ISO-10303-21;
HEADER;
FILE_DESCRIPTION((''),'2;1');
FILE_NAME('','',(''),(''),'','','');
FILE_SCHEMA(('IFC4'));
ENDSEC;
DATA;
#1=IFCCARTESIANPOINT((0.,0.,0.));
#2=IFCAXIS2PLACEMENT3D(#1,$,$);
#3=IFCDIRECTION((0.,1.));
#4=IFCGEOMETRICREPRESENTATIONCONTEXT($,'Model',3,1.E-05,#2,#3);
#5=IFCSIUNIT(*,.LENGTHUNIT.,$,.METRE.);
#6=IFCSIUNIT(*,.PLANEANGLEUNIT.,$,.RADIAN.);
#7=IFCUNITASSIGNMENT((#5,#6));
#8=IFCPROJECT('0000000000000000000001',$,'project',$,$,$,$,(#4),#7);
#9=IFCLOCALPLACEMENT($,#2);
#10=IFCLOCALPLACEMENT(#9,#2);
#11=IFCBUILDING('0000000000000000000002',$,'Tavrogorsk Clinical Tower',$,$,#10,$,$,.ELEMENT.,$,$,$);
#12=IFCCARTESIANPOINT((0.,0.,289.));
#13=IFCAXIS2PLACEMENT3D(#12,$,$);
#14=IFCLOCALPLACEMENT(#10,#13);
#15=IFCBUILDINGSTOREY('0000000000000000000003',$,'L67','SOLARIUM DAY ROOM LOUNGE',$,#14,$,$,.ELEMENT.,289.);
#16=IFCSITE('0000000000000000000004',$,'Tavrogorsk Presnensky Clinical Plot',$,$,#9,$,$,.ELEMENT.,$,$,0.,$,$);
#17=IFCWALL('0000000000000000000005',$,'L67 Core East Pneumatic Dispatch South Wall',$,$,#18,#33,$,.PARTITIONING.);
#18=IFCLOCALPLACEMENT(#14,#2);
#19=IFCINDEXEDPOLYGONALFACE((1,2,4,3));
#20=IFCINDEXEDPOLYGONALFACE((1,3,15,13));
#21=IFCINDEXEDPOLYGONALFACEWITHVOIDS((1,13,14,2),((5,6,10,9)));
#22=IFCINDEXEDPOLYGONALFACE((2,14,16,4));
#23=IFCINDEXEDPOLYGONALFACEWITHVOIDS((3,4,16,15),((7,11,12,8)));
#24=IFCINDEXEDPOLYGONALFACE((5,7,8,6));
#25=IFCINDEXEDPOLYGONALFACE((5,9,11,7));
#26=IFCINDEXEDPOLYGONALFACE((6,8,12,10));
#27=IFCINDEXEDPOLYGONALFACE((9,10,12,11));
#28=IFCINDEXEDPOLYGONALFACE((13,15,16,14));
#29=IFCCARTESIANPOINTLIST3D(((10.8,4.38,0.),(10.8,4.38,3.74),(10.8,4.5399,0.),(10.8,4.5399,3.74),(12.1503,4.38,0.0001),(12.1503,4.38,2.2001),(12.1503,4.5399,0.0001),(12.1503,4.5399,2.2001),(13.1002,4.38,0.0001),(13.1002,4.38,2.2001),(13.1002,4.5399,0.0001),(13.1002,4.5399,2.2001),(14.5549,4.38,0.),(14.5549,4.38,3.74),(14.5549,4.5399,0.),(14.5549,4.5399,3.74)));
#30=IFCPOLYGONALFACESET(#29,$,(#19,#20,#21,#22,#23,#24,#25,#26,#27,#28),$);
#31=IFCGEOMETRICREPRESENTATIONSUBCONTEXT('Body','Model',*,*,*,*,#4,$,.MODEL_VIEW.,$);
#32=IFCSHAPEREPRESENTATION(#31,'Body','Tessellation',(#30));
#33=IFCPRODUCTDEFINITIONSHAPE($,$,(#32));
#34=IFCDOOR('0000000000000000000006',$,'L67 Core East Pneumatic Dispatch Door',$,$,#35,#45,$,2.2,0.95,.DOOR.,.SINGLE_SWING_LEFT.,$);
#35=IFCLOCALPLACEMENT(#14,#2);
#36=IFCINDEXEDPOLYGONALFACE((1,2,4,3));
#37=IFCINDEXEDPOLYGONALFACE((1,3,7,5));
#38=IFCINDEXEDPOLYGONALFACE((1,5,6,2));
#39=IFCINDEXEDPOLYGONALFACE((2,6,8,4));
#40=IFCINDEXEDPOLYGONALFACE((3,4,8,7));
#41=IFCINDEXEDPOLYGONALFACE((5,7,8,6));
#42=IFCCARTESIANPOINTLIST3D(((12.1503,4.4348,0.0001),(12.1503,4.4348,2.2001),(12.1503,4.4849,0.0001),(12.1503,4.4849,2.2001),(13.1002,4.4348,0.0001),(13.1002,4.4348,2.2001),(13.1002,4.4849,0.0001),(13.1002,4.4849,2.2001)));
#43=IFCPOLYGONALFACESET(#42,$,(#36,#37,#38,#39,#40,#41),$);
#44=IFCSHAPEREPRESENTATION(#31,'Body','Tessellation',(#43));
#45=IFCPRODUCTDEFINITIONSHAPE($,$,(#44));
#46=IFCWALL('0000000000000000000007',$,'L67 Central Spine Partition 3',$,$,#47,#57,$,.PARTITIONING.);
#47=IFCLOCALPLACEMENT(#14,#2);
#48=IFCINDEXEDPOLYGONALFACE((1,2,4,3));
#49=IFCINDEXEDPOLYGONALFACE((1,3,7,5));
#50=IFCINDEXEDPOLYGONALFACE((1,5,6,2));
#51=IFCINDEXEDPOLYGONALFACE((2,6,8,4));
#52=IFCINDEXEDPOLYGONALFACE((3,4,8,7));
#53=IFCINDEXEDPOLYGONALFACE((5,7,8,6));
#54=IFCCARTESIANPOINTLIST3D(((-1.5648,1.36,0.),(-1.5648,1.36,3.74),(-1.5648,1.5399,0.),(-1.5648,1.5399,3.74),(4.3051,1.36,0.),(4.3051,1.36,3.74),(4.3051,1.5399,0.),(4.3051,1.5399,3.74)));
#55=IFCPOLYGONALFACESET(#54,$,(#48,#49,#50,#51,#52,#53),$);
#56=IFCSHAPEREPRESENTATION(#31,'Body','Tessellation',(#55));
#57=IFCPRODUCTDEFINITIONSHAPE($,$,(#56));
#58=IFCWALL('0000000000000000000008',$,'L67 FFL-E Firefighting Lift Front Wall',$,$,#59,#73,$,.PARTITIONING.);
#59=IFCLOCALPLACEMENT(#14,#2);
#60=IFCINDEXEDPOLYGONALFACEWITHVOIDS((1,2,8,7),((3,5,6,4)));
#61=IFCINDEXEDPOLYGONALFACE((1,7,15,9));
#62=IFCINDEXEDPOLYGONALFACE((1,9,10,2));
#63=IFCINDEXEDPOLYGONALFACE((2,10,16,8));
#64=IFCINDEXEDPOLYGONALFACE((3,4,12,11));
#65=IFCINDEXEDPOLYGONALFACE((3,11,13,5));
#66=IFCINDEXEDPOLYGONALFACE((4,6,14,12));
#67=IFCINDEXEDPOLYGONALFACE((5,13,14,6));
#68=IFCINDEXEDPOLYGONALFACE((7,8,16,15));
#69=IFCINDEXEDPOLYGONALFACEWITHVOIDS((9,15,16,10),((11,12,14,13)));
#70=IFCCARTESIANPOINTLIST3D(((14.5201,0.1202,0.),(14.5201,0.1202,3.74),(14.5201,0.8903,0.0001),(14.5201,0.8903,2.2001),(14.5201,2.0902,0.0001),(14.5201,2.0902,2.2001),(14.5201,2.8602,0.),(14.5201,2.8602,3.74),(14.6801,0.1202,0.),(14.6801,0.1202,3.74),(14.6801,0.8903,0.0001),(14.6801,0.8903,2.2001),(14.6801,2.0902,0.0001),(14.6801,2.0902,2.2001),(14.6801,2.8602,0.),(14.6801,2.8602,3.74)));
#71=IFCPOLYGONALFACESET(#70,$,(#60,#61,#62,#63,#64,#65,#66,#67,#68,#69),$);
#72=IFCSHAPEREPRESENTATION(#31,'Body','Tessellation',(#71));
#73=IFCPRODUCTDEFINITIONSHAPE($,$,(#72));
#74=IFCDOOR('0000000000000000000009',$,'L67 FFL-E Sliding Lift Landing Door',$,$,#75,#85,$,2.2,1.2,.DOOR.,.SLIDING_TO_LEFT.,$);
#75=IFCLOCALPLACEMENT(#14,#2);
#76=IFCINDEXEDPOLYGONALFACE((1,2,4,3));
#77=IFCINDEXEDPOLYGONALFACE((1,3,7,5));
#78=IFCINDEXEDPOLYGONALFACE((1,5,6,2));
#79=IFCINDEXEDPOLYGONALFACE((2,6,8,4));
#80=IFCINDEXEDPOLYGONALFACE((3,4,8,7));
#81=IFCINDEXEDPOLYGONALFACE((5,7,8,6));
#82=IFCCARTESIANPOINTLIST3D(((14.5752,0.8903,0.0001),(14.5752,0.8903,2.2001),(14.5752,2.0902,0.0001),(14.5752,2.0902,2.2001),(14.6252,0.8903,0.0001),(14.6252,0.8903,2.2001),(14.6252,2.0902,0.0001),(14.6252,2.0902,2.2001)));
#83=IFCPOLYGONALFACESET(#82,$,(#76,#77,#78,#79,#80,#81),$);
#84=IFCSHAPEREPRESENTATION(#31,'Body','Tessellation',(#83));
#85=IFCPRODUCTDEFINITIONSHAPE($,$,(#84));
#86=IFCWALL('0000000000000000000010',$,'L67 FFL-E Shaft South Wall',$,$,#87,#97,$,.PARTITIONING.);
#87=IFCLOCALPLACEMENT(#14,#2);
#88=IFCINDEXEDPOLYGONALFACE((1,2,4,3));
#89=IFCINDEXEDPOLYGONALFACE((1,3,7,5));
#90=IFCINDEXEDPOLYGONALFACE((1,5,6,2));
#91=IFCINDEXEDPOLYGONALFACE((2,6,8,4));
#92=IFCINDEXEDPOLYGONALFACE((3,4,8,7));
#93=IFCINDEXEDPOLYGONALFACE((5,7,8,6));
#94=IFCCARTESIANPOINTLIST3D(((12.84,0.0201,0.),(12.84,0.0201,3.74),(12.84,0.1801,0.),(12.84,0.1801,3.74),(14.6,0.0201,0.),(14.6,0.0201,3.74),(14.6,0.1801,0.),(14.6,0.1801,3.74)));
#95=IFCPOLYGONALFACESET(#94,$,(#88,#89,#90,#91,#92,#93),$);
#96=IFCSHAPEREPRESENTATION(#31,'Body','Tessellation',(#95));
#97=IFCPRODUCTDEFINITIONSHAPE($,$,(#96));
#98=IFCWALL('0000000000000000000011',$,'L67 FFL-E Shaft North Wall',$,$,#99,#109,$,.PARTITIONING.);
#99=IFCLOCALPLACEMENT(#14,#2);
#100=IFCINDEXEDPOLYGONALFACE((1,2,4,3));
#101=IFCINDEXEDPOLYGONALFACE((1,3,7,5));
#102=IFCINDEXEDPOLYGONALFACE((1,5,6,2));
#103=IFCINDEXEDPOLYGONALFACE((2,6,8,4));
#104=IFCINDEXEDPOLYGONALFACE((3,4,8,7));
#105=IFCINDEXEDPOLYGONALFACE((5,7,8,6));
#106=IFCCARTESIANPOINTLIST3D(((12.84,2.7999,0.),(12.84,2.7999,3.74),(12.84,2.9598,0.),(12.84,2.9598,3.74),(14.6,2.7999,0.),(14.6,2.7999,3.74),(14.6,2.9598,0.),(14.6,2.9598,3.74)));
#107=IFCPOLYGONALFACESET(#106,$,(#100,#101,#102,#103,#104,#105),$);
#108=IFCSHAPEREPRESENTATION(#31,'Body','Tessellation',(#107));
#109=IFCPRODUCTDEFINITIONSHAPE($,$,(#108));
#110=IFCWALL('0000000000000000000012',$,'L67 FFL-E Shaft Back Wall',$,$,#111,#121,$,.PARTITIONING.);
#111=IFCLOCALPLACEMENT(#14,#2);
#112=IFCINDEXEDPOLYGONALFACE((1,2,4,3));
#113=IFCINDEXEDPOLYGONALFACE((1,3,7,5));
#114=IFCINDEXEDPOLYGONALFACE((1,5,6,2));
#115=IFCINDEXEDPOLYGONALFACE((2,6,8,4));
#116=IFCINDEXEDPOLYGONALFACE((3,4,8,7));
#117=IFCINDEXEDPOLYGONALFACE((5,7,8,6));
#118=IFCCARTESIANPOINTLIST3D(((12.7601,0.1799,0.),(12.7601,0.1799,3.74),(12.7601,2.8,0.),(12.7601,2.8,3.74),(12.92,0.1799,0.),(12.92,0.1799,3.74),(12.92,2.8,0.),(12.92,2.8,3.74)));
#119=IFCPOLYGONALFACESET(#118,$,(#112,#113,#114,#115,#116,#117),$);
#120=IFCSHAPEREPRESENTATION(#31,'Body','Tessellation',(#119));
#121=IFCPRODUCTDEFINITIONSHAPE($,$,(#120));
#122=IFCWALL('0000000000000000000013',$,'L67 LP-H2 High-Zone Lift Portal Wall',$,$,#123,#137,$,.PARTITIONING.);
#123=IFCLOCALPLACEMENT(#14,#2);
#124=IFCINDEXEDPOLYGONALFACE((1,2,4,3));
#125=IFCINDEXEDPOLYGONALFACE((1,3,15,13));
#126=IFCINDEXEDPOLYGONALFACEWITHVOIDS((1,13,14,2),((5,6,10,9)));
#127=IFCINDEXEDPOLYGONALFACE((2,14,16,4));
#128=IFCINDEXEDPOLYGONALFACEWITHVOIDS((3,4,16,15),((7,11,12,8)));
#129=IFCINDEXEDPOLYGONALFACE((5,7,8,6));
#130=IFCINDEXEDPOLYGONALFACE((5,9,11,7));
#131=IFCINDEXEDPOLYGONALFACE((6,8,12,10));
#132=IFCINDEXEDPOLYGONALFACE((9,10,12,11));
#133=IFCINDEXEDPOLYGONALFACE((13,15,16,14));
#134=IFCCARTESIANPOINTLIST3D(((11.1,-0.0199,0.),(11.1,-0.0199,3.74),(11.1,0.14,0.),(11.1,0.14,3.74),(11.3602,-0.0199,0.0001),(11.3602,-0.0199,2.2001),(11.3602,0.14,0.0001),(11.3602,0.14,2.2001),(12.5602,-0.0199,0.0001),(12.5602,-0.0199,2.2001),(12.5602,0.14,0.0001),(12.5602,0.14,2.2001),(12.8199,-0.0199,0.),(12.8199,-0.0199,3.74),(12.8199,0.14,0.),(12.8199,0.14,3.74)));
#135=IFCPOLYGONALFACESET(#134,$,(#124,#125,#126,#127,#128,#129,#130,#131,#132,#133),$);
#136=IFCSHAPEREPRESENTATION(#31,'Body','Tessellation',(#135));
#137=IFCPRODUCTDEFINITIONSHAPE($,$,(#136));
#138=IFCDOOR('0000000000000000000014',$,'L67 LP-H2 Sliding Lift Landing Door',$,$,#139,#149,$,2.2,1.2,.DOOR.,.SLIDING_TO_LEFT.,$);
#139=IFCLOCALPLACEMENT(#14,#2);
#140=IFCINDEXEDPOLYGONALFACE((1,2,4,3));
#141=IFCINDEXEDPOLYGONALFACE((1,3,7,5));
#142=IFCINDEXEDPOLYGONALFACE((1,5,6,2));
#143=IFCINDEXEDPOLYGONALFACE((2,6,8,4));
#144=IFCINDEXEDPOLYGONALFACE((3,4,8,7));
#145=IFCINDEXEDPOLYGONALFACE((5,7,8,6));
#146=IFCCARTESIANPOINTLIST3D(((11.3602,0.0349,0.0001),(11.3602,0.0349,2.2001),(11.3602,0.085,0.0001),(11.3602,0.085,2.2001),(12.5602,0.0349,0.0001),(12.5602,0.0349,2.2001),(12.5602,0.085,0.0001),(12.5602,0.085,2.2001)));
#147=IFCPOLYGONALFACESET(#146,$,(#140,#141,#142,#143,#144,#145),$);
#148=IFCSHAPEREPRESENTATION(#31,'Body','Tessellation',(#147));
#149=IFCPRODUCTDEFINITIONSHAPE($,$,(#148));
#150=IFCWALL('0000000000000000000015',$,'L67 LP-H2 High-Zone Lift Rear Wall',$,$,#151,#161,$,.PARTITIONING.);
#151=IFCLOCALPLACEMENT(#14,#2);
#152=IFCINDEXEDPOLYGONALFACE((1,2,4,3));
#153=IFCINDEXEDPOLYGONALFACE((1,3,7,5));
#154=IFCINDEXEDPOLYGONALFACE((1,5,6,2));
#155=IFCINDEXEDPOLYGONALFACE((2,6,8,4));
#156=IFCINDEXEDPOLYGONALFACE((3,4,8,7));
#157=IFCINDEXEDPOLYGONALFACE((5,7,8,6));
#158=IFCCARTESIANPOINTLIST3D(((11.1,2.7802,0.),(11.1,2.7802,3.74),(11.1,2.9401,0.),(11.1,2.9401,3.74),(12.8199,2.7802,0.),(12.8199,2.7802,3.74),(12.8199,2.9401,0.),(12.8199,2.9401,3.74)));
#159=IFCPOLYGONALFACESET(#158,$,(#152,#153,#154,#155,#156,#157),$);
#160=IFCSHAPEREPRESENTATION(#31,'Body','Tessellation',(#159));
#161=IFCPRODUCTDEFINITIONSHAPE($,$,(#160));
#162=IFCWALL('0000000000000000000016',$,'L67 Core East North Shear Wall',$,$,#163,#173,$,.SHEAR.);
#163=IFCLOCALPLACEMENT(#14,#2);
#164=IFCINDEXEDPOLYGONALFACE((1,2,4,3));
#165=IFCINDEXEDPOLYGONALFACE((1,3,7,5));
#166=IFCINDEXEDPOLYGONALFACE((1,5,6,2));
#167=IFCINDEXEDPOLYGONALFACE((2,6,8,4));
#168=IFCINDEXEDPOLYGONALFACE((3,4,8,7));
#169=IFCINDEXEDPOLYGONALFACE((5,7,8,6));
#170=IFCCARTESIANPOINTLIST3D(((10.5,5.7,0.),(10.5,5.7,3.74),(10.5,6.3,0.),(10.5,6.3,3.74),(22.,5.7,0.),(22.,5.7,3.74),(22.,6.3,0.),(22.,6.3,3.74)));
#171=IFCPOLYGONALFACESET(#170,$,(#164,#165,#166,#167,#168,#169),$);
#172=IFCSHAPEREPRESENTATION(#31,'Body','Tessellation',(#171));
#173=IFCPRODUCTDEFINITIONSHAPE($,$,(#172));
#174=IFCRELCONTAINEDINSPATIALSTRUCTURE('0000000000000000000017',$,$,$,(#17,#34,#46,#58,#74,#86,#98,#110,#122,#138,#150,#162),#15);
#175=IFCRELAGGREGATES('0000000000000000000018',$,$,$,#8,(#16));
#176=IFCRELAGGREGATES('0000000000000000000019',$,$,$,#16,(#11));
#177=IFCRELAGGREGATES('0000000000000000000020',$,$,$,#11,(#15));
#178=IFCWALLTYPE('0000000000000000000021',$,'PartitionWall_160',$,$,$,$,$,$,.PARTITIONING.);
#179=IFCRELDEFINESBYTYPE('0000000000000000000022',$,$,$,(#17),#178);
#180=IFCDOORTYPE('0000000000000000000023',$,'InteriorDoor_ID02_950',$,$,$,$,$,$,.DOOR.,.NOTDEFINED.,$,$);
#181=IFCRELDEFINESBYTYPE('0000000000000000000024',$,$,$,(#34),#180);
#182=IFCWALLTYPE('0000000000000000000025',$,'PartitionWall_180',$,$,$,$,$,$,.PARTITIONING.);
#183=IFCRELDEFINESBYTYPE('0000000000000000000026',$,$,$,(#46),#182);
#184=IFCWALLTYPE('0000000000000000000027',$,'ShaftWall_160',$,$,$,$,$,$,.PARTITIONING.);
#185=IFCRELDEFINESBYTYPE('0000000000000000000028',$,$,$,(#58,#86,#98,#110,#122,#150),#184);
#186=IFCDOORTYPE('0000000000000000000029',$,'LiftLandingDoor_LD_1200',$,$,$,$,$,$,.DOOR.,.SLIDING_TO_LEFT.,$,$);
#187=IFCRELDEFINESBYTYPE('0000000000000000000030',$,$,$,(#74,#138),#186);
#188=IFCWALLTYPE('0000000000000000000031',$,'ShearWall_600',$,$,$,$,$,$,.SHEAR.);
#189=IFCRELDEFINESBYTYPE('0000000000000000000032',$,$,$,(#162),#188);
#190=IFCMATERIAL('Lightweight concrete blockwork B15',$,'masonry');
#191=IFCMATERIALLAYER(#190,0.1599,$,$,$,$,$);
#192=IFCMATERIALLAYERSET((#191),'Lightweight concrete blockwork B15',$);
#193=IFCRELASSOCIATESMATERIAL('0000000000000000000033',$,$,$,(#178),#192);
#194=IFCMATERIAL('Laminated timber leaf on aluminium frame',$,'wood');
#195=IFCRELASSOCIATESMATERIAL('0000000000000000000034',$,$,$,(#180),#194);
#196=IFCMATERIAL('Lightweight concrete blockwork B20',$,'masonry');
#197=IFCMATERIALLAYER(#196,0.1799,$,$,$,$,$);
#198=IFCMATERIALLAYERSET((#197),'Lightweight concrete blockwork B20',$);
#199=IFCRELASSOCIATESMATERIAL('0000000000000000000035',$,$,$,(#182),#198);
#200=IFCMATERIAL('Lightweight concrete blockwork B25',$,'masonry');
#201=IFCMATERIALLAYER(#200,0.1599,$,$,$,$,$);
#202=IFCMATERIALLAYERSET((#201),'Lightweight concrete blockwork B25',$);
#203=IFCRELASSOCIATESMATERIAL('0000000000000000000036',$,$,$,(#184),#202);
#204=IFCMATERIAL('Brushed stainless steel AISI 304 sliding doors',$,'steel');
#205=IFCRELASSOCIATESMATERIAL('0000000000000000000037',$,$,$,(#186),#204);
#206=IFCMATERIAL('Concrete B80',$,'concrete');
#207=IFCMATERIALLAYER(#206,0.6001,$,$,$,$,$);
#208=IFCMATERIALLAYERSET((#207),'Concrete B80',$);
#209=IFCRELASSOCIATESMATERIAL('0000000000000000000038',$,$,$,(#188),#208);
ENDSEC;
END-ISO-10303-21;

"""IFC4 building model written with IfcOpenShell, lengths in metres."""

from ifc_helpers import new_model, si_unit, direction, frame, frame_2d, origin, place, context, subcontext, project, spatial, rectangle, extrude, material, layer, layer_set, type_object, element, fill, save


model = new_model("IFC4")

# Units and contexts
model_context = context("Model", 3, precision=1e-05, world=origin(), true_north=direction((0.0, 1.0)))
body_context = subcontext(model_context, "Body", "Model", "MODEL_VIEW")
ifc_project = project(units=[si_unit("LENGTHUNIT", "METRE"), si_unit("PLANEANGLEUNIT", "RADIAN")], contexts=[model_context])

# Site, building, storey
site_placement = place(None, origin())
site = spatial("IfcSite", under=ifc_project, at=site_placement, Name="Tavrogorsk Presnensky Clinical Plot", CompositionType="ELEMENT", RefElevation=0.0)
building_placement = place(site_placement, origin())
building = spatial("IfcBuilding", under=site, at=building_placement, Name="Tavrogorsk Clinical Tower", CompositionType="ELEMENT")
storey_placement = place(building_placement, frame((0.0, 0.0, 289.0)))
storey = spatial("IfcBuildingStorey", under=building, at=storey_placement, Name="L67", Description="SOLARIUM DAY ROOM LOUNGE", CompositionType="ELEMENT", Elevation=289.0)

# Wall, opening, door
ifc_material_1 = material(Name="Lightweight concrete blockwork B15", Category="masonry")
ifc_layer_1 = layer(ifc_material_1, 0.1599)
ifc_layer_set_1 = layer_set([ifc_layer_1], Name="Lightweight concrete blockwork B15")
wall_type_1 = type_object("IfcWallType", Name="PartitionWall_160", PredefinedType="PARTITIONING", material=ifc_layer_set_1)
wall_1_placement = place(storey_placement, frame((10.8, 4.46, 0.0), z_axis=(0.0, 0.0, 1.0), x_axis=(1.0, 0.0, 0.0)))
wall_1 = element("IfcWall", 1, at=wall_1_placement, inside=storey, type_object=wall_type_1, Name="L67 Core East Pneumatic Dispatch South Wall", PredefinedType="PARTITIONING", context=body_context, shape_type="SweptSolid", body=[
    extrude(rectangle(XDim=3.7549, YDim=0.1599, at=frame_2d((1.8774, 0.0))), origin(), (0.0, 0.0, 1.0), 3.74),
])
opening_1_placement = place(wall_1_placement, frame((1.3501, 0.0, 0.0)))
opening_1 = element("IfcOpeningElement", 2, at=opening_1_placement, cuts=wall_1, PredefinedType="OPENING", context=body_context, shape_type="SweptSolid", body=[
    extrude(rectangle(XDim=0.95, YDim=2.2, at=frame_2d((0.4751, 1.1001))), frame((0.0, 0.0898, 0.0), z_axis=(0.0, -1.0, 0.0), x_axis=(1.0, 0.0, 0.0)), (0.0, 0.0, 1.0), 0.1799),
])
ifc_material_2 = material(Name="Laminated timber leaf on aluminium frame", Category="wood")
door_type_1 = type_object("IfcDoorType", Name="InteriorDoor_ID02_950", OperationType="NOTDEFINED", PredefinedType="DOOR", material=ifc_material_2)
door_1_placement = place(opening_1_placement, origin())
door_1 = element("IfcDoor", 3, at=door_1_placement, inside=storey, type_object=door_type_1, Name="L67 Core East Pneumatic Dispatch Door", OperationType="SINGLE_SWING_LEFT", OverallHeight=2.2, OverallWidth=0.95, PredefinedType="DOOR", context=body_context, shape_type="SweptSolid", body=[
    extrude(rectangle(XDim=0.95, YDim=2.2, at=frame_2d((0.4751, 1.1001))), frame((0.0, 0.0249, 0.0), z_axis=(0.0, -1.0, 0.0), x_axis=(1.0, 0.0, 0.0)), (0.0, 0.0, 1.0), 0.05),
])
fill(opening_1, door_1)

# Wall
ifc_material_3 = material(Name="Lightweight concrete blockwork B20", Category="masonry")
ifc_layer_2 = layer(ifc_material_3, 0.1799)
ifc_layer_set_2 = layer_set([ifc_layer_2], Name="Lightweight concrete blockwork B20")
wall_type_2 = type_object("IfcWallType", Name="PartitionWall_180", PredefinedType="PARTITIONING", material=ifc_layer_set_2)
wall_2_placement = place(storey_placement, frame((-1.5649, 1.45, 0.0), z_axis=(0.0, 0.0, 1.0), x_axis=(1.0, 0.0, 0.0)))
element("IfcWall", 4, at=wall_2_placement, inside=storey, type_object=wall_type_2, Name="L67 Central Spine Partition 3", PredefinedType="PARTITIONING", context=body_context, shape_type="SweptSolid", body=[
    extrude(rectangle(XDim=5.8699, YDim=0.1799, at=frame_2d((2.9351, 0.0))), origin(), (0.0, 0.0, 1.0), 3.74),
])

# Wall, opening, door
ifc_material_4 = material(Name="Lightweight concrete blockwork B25", Category="masonry")
ifc_layer_3 = layer(ifc_material_4, 0.1599)
ifc_layer_set_3 = layer_set([ifc_layer_3], Name="Lightweight concrete blockwork B25")
wall_type_3 = type_object("IfcWallType", Name="ShaftWall_160", PredefinedType="PARTITIONING", material=ifc_layer_set_3)
wall_3_placement = place(storey_placement, frame((14.6001, 0.1201, 0.0), z_axis=(0.0, 0.0, 1.0), x_axis=(0.0, 1.0, 0.0)))
wall_3 = element("IfcWall", 5, at=wall_3_placement, inside=storey, type_object=wall_type_3, Name="L67 FFL-E Firefighting Lift Front Wall", PredefinedType="PARTITIONING", context=body_context, shape_type="SweptSolid", body=[
    extrude(rectangle(XDim=2.74, YDim=0.1599, at=frame_2d((1.3701, 0.0))), origin(), (0.0, 0.0, 1.0), 3.74),
])
opening_2_placement = place(wall_3_placement, frame((0.77, 0.0, 0.0)))
opening_2 = element("IfcOpeningElement", 6, at=opening_2_placement, cuts=wall_3, PredefinedType="OPENING", context=body_context, shape_type="SweptSolid", body=[
    extrude(rectangle(XDim=1.2, YDim=2.2, at=frame_2d((0.6001, 1.1001))), frame((0.0, 0.0898, 0.0), z_axis=(0.0, -1.0, 0.0), x_axis=(1.0, 0.0, 0.0)), (0.0, 0.0, 1.0), 0.1799),
])
ifc_material_5 = material(Name="Brushed stainless steel AISI 304 sliding doors", Category="steel")
door_type_2 = type_object("IfcDoorType", Name="LiftLandingDoor_LD_1200", OperationType="SLIDING_TO_LEFT", PredefinedType="DOOR", material=ifc_material_5)
door_2_placement = place(opening_2_placement, origin())
door_2 = element("IfcDoor", 7, at=door_2_placement, inside=storey, type_object=door_type_2, Name="L67 FFL-E Sliding Lift Landing Door", OperationType="SLIDING_TO_LEFT", OverallHeight=2.2, OverallWidth=1.2, PredefinedType="DOOR", context=body_context, shape_type="SweptSolid", body=[
    extrude(rectangle(XDim=1.2, YDim=2.2, at=frame_2d((0.6001, 1.1001))), frame((0.0, 0.0249, 0.0), z_axis=(0.0, -1.0, 0.0), x_axis=(1.0, 0.0, 0.0)), (0.0, 0.0, 1.0), 0.05),
])
fill(opening_2, door_2)

# Walls
for number, where, z_axis, x_axis, name in (
    (8, (12.8401, 0.1001, 0.0), (0.0, 0.0, 1.0), (1.0, 0.0, 0.0), "L67 FFL-E Shaft South Wall"),
    (9, (12.8401, 2.8799, 0.0), (0.0, 0.0, 1.0), (1.0, 0.0, 0.0), "L67 FFL-E Shaft North Wall"),
):
    element("IfcWall", number, at=place(storey_placement, frame(where, z_axis=z_axis, x_axis=x_axis)), inside=storey, type_object=wall_type_3, Name=name, PredefinedType="PARTITIONING", context=body_context, shape_type="SweptSolid", body=[
        extrude(rectangle(XDim=1.76, YDim=0.1599, at=frame_2d((0.8799, 0.0))), origin(), (0.0, 0.0, 1.0), 3.74),
    ])
wall_4_placement = place(storey_placement, frame((12.8401, 0.1799, 0.0), z_axis=(0.0, 0.0, 1.0), x_axis=(0.0, 1.0, 0.0)))
element("IfcWall", 10, at=wall_4_placement, inside=storey, type_object=wall_type_3, Name="L67 FFL-E Shaft Back Wall", PredefinedType="PARTITIONING", context=body_context, shape_type="SweptSolid", body=[
    extrude(rectangle(XDim=2.6201, YDim=0.1599, at=frame_2d((1.3101, 0.0))), origin(), (0.0, 0.0, 1.0), 3.74),
])

# Wall, opening, door
wall_5_placement = place(storey_placement, frame((11.1001, 0.0601, 0.0), z_axis=(0.0, 0.0, 1.0), x_axis=(1.0, 0.0, 0.0)))
wall_5 = element("IfcWall", 11, at=wall_5_placement, inside=storey, type_object=wall_type_3, Name="L67 LP-H2 High-Zone Lift Portal Wall", PredefinedType="PARTITIONING", context=body_context, shape_type="SweptSolid", body=[
    extrude(rectangle(XDim=1.72, YDim=0.1599, at=frame_2d((0.8599, 0.0))), origin(), (0.0, 0.0, 1.0), 3.74),
])
opening_3_placement = place(wall_5_placement, frame((0.26, 0.0, 0.0)))
opening_3 = element("IfcOpeningElement", 12, at=opening_3_placement, cuts=wall_5, PredefinedType="OPENING", context=body_context, shape_type="SweptSolid", body=[
    extrude(rectangle(XDim=1.2, YDim=2.2, at=frame_2d((0.6001, 1.1001))), frame((0.0, 0.0898, 0.0), z_axis=(0.0, -1.0, 0.0), x_axis=(1.0, 0.0, 0.0)), (0.0, 0.0, 1.0), 0.1799),
])
door_3_placement = place(opening_3_placement, origin())
door_3 = element("IfcDoor", 13, at=door_3_placement, inside=storey, type_object=door_type_2, Name="L67 LP-H2 Sliding Lift Landing Door", OperationType="SLIDING_TO_LEFT", OverallHeight=2.2, OverallWidth=1.2, PredefinedType="DOOR", context=body_context, shape_type="SweptSolid", body=[
    extrude(rectangle(XDim=1.2, YDim=2.2, at=frame_2d((0.6001, 1.1001))), frame((0.0, 0.0249, 0.0), z_axis=(0.0, -1.0, 0.0), x_axis=(1.0, 0.0, 0.0)), (0.0, 0.0, 1.0), 0.05),
])
fill(opening_3, door_3)

# Walls
wall_6_placement = place(storey_placement, frame((11.1001, 2.8601, 0.0), z_axis=(0.0, 0.0, 1.0), x_axis=(1.0, 0.0, 0.0)))
element("IfcWall", 14, at=wall_6_placement, inside=storey, type_object=wall_type_3, Name="L67 LP-H2 High-Zone Lift Rear Wall", PredefinedType="PARTITIONING", context=body_context, shape_type="SweptSolid", body=[
    extrude(rectangle(XDim=1.72, YDim=0.1599, at=frame_2d((0.8599, 0.0))), origin(), (0.0, 0.0, 1.0), 3.74),
])
ifc_material_6 = material(Name="Concrete B80", Category="concrete")
ifc_layer_4 = layer(ifc_material_6, 0.6001)
ifc_layer_set_4 = layer_set([ifc_layer_4], Name="Concrete B80")
wall_type_4 = type_object("IfcWallType", Name="ShearWall_600", PredefinedType="SHEAR", material=ifc_layer_set_4)
wall_7_placement = place(storey_placement, frame((10.5, 6.0, 0.0), z_axis=(0.0, 0.0, 1.0), x_axis=(1.0, 0.0, 0.0)))
element("IfcWall", 15, at=wall_7_placement, inside=storey, type_object=wall_type_4, Name="L67 Core East North Shear Wall", PredefinedType="SHEAR", context=body_context, shape_type="SweptSolid", body=[
    extrude(rectangle(XDim=11.5, YDim=0.6001, at=frame_2d((5.75, 0.0))), origin(), (0.0, 0.0, 1.0), 3.74),
])

save(model, "model.ifc")
